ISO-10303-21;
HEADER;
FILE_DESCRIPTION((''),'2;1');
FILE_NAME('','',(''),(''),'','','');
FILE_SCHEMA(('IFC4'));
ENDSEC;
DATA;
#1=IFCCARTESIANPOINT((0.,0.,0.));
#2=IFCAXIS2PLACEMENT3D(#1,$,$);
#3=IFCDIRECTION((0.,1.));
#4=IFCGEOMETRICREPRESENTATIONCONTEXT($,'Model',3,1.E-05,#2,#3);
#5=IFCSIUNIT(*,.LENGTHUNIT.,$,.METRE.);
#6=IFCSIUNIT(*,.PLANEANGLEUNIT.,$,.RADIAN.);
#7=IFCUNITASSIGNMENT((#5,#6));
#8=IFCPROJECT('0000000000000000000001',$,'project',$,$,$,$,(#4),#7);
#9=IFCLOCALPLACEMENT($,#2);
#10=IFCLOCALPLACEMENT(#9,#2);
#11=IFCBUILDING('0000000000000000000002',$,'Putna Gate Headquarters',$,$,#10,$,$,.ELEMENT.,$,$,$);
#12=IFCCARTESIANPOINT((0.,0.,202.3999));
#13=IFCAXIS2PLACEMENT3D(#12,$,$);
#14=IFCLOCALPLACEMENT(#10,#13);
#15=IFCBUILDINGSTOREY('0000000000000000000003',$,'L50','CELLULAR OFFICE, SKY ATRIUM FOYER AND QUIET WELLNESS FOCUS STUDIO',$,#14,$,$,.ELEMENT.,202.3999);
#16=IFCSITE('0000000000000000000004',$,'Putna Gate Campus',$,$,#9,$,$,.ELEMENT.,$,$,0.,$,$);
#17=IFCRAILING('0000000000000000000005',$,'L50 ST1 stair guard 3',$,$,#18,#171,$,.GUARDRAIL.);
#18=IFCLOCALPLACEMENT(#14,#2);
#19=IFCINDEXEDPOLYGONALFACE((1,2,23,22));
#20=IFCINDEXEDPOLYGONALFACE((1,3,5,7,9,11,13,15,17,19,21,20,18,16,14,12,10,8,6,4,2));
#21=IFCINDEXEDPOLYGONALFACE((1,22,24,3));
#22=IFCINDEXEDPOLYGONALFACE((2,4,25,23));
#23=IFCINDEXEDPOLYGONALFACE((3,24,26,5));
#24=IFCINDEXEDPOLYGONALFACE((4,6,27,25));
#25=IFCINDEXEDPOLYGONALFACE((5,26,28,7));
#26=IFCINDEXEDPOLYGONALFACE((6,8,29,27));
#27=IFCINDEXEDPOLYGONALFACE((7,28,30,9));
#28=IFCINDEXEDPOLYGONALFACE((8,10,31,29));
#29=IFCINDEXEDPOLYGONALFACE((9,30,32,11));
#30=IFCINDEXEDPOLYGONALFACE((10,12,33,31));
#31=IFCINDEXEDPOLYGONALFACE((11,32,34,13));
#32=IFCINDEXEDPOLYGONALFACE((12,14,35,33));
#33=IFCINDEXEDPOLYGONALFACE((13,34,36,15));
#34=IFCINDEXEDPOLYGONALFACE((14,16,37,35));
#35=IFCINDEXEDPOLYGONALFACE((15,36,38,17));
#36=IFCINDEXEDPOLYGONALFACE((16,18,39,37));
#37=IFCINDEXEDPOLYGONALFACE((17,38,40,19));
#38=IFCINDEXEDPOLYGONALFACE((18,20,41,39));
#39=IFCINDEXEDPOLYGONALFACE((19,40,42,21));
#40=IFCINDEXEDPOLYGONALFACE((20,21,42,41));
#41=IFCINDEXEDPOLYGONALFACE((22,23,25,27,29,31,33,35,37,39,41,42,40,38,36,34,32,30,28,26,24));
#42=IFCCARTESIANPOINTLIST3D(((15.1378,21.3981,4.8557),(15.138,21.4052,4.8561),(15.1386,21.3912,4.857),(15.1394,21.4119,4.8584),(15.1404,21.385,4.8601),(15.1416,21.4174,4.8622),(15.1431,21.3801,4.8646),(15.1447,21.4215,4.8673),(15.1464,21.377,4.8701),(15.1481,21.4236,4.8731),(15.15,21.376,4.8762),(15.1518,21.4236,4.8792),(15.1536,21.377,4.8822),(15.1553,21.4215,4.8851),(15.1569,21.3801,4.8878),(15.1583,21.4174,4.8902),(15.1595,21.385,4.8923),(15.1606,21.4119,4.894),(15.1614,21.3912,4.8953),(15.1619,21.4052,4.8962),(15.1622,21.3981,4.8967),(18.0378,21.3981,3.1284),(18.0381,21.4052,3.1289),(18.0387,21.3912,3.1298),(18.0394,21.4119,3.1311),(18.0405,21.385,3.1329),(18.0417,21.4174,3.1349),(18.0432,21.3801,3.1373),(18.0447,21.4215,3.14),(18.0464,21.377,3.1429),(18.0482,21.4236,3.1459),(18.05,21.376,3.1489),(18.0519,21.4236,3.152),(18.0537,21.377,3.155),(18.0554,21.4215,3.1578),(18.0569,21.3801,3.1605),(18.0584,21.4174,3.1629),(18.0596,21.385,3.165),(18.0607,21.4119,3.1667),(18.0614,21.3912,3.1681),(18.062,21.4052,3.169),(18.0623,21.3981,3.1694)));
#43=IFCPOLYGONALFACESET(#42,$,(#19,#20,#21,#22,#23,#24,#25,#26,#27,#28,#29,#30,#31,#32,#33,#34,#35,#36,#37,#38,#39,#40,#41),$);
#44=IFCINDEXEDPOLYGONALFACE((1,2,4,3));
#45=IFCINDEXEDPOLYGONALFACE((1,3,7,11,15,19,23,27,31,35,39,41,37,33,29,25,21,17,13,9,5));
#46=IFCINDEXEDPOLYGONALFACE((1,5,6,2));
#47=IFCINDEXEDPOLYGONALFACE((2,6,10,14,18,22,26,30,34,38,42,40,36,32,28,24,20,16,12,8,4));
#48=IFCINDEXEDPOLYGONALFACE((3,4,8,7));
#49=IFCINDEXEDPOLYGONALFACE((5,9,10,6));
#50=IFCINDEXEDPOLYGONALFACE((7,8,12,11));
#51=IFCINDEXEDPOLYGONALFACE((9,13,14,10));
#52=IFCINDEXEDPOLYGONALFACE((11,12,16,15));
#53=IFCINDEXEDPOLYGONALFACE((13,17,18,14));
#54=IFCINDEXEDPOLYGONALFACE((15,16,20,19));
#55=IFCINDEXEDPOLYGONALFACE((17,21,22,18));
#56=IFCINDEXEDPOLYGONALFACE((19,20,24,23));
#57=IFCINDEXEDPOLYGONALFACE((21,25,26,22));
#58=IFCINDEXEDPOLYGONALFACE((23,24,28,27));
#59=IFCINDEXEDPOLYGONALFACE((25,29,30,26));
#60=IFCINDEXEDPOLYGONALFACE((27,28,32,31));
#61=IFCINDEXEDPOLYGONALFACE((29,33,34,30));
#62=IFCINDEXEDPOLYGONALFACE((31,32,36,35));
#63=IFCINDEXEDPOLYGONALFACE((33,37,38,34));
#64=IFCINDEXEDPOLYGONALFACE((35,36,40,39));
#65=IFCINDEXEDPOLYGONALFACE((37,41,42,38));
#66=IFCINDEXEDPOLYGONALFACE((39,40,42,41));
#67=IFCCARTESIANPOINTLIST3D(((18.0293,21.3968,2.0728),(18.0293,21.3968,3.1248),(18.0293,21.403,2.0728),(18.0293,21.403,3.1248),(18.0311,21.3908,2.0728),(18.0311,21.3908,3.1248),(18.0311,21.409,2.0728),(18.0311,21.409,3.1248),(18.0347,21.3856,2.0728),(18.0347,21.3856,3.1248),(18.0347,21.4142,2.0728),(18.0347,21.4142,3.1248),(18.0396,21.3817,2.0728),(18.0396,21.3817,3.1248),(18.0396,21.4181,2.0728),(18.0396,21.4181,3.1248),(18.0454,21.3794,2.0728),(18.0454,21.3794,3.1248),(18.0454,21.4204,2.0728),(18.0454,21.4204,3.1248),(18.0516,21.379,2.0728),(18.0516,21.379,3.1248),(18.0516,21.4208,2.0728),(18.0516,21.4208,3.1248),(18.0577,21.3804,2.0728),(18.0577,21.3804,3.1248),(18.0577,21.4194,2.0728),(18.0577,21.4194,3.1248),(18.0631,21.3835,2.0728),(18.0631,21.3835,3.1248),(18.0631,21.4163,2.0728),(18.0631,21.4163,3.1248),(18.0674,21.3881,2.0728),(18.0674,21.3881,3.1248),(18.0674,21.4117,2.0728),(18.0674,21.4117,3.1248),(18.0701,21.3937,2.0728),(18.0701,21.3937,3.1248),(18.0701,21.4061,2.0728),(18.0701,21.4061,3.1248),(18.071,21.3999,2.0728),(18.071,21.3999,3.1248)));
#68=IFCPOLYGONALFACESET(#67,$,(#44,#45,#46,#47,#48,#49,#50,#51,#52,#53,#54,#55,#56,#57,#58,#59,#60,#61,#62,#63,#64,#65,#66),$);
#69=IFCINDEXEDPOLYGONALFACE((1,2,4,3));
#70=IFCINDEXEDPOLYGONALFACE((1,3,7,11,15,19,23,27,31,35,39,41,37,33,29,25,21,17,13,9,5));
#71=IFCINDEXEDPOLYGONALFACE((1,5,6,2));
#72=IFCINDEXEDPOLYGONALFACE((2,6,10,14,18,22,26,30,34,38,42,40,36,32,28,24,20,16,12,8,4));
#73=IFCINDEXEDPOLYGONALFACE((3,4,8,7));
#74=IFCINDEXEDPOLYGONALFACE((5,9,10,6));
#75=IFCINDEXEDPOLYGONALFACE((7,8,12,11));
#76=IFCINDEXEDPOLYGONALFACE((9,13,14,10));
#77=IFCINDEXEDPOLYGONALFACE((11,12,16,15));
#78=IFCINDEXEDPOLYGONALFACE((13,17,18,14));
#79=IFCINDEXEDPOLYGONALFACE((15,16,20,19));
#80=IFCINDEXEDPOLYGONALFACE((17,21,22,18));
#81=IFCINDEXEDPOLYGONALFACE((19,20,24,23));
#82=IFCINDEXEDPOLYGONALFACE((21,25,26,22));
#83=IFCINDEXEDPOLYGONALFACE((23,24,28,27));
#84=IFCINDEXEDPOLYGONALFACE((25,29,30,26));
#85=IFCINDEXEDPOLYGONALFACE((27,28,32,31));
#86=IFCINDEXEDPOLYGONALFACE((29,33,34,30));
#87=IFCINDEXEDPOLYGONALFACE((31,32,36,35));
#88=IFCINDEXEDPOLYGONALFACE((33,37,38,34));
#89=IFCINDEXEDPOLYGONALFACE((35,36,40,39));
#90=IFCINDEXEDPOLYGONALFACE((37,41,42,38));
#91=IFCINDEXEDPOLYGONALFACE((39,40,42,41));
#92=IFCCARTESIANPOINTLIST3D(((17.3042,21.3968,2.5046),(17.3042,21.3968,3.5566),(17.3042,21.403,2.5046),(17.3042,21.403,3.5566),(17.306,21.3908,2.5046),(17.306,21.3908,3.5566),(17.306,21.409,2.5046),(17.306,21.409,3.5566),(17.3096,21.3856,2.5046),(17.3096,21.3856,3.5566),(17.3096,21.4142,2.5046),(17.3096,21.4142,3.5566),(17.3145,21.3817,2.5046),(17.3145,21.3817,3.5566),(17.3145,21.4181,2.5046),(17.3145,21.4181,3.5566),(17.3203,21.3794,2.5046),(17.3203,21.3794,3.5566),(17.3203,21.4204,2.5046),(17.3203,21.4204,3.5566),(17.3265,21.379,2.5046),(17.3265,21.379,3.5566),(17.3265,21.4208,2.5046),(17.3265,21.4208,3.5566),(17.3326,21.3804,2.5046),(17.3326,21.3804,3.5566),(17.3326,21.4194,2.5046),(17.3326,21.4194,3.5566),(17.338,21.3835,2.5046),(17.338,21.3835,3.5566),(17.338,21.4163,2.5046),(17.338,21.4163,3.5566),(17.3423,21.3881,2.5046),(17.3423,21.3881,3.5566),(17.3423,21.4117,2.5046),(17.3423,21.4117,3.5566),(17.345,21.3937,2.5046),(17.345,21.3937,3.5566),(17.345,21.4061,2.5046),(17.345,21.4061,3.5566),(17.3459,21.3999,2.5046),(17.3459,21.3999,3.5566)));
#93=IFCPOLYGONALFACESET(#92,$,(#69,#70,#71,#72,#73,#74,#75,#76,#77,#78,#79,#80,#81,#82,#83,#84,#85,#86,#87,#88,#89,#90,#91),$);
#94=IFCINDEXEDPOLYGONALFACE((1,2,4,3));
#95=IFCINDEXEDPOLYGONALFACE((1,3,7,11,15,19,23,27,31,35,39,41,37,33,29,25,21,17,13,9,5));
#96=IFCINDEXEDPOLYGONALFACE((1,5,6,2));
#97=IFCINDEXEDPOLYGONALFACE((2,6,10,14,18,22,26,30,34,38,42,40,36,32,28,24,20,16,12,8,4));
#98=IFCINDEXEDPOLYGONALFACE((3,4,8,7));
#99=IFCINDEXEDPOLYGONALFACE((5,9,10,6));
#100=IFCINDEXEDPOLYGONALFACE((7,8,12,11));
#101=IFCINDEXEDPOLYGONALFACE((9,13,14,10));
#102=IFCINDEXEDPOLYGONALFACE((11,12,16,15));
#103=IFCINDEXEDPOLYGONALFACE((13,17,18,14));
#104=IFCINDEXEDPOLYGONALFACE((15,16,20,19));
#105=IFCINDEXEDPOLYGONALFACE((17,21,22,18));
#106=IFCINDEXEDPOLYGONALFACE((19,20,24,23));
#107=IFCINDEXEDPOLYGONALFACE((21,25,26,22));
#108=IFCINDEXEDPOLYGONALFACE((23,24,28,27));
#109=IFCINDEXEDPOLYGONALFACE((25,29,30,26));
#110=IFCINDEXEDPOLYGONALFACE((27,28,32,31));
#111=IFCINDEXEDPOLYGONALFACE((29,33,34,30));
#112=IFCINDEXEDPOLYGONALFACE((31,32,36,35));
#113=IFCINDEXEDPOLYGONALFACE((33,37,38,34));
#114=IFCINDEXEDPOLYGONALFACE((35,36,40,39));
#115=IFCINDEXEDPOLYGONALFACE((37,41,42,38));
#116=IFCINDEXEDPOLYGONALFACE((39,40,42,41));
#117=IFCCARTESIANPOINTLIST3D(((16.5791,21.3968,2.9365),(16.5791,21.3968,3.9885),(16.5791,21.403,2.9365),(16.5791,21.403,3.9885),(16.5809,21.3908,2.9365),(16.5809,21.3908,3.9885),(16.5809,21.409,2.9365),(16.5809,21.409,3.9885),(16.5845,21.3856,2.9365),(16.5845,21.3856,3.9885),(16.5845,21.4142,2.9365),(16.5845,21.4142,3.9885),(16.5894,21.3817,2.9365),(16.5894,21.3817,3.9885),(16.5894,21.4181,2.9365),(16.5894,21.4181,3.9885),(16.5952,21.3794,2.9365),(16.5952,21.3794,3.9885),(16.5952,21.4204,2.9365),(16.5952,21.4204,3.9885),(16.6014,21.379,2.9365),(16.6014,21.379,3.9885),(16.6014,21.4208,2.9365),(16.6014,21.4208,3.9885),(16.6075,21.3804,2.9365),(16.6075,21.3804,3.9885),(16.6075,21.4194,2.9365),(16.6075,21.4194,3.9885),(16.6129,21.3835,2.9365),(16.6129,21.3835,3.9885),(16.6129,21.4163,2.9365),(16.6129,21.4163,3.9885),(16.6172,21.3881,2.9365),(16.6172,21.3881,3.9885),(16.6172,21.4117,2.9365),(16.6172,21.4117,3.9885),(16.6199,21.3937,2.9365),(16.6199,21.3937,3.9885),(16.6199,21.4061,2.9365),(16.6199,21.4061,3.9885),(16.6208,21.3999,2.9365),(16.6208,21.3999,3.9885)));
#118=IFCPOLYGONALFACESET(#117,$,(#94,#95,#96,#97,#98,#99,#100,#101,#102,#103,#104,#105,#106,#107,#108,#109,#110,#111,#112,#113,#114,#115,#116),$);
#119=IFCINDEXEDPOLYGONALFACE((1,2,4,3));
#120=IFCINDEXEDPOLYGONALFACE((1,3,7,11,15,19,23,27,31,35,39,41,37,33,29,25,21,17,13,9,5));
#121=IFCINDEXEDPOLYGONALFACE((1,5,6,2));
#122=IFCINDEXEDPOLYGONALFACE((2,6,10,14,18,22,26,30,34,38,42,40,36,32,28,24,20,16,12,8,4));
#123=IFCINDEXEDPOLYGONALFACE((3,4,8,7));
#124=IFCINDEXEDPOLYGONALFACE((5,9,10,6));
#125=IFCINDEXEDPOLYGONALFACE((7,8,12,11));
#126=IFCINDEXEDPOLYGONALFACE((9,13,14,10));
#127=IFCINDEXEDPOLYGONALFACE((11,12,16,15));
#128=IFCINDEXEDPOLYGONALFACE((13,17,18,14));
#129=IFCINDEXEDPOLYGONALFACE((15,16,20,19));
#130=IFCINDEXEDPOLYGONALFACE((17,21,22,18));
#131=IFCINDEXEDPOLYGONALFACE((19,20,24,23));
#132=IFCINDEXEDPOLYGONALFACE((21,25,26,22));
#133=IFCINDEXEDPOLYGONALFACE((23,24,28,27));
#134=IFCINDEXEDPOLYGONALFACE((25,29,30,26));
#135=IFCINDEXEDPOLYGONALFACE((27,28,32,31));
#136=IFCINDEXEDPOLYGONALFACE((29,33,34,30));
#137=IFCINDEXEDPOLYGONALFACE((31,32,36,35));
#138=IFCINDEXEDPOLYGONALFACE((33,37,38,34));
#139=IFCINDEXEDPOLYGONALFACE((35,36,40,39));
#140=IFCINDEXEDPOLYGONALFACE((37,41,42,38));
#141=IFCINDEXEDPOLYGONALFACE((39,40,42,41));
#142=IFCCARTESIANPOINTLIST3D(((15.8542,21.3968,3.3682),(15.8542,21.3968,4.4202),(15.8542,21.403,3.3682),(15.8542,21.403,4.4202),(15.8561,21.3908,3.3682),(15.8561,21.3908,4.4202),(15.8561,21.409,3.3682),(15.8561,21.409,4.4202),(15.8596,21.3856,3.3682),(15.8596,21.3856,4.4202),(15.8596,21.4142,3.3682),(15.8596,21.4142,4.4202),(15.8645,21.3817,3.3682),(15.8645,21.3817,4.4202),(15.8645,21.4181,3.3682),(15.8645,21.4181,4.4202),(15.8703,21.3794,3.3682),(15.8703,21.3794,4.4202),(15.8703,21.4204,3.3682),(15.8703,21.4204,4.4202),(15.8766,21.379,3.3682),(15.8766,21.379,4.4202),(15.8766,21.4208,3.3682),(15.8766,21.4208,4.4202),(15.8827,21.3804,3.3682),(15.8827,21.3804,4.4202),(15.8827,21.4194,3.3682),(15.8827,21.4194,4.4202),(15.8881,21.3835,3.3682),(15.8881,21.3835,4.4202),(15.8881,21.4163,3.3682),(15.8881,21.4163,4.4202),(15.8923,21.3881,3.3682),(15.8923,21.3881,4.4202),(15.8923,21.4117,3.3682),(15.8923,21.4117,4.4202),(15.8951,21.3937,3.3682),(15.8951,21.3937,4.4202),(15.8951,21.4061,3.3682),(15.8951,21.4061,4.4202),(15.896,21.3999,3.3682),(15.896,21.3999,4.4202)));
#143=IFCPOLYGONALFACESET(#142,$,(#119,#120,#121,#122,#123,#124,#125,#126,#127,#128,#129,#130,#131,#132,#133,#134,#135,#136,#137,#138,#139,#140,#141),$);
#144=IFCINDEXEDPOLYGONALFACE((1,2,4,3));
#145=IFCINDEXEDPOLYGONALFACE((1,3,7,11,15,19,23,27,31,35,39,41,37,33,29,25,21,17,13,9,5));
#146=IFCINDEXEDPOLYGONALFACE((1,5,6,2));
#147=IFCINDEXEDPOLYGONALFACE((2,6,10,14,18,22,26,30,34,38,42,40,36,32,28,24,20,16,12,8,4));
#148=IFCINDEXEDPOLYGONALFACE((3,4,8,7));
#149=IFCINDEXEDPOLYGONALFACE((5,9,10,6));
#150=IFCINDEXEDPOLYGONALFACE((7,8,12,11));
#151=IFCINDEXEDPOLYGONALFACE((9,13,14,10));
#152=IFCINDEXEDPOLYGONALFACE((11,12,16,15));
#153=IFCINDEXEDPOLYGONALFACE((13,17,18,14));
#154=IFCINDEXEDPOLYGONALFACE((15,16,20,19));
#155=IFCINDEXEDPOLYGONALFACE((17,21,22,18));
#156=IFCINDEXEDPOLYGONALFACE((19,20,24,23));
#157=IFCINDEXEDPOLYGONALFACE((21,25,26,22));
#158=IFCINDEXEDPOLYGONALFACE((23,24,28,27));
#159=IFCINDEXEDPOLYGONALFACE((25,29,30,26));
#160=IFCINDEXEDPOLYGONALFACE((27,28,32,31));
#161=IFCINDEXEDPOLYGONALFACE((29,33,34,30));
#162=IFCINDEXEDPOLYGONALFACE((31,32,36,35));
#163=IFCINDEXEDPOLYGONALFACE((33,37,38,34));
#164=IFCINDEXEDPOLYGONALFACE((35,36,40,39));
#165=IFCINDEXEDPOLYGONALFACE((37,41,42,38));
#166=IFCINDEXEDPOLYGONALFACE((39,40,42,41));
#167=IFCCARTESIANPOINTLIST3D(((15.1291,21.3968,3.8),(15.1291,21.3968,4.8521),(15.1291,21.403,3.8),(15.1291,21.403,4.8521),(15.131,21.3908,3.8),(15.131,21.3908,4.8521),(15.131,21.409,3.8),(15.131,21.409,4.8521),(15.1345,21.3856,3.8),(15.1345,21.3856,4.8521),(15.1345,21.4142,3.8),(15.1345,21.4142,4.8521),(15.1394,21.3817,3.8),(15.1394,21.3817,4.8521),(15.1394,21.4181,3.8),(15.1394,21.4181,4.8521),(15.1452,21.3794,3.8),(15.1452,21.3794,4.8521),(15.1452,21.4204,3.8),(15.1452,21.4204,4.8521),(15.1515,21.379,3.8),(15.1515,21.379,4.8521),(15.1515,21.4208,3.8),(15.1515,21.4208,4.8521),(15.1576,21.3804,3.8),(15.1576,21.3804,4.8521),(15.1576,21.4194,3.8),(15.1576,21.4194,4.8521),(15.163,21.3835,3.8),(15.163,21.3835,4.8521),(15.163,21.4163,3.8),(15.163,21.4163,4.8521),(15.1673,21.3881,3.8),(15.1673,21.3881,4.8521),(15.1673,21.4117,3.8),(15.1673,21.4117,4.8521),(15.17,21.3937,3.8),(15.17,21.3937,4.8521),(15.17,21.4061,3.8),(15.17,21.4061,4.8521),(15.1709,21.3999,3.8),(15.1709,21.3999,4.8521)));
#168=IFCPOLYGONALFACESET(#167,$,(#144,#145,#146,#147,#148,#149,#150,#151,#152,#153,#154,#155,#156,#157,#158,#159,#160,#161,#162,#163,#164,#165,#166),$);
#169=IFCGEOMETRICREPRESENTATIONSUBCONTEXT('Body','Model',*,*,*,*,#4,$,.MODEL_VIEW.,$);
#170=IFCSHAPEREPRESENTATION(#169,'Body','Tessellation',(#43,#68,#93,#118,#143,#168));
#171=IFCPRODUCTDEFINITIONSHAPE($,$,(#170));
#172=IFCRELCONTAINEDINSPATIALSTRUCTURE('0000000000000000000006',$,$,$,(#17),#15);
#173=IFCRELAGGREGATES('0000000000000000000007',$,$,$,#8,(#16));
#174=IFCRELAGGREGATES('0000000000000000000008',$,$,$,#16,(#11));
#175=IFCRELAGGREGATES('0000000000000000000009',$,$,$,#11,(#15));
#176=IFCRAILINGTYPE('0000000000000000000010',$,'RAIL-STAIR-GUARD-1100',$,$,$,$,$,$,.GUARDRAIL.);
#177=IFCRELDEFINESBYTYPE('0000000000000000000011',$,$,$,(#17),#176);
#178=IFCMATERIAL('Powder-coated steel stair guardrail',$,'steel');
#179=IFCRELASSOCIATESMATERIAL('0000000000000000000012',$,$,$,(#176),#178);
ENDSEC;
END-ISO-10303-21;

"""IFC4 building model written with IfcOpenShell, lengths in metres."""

from ifc_helpers import new_model, si_unit, direction, frame, origin, origin_2d, place, context, subcontext, project, spatial, circle, extrude, material, type_object, element, save


model = new_model("IFC4")

# Units and contexts
model_context = context("Model", 3, precision=1e-05, world=origin(), true_north=direction((0.0, 1.0)))
body_context = subcontext(model_context, "Body", "Model", "MODEL_VIEW")
ifc_project = project(units=[si_unit("LENGTHUNIT", "METRE"), si_unit("PLANEANGLEUNIT", "RADIAN")], contexts=[model_context])

# Site, building, storey
site_placement = place(None, origin())
site = spatial("IfcSite", under=ifc_project, at=site_placement, Name="Putna Gate Campus", CompositionType="ELEMENT", RefElevation=0.0)
building_placement = place(site_placement, origin())
building = spatial("IfcBuilding", under=site, at=building_placement, Name="Putna Gate Headquarters", CompositionType="ELEMENT")
storey_placement = place(building_placement, frame((0.0, 0.0, 202.3999)))
storey = spatial("IfcBuildingStorey", under=building, at=storey_placement, Name="L50", Description="CELLULAR OFFICE, SKY ATRIUM FOYER AND QUIET WELLNESS FOCUS STUDIO", CompositionType="ELEMENT", Elevation=202.3999)

# Railing
ifc_material_1 = material(Name="Powder-coated steel stair guardrail", Category="steel")
railing_type_1 = type_object("IfcRailingType", Name="RAIL-STAIR-GUARD-1100", PredefinedType="GUARDRAIL", material=ifc_material_1)
railing_1_placement = place(storey_placement, frame((18.05, 21.3999, 2.0728)))
element("IfcRailing", 1, at=railing_1_placement, inside=storey, type_object=railing_type_1, Name="L50 ST1 stair guard 3", PredefinedType="GUARDRAIL", context=body_context, shape_type="SweptSolid", body=[
    extrude(circle(Radius=0.0239, at=origin_2d()), frame((0.0, 0.0, 1.0762), z_axis=(-0.85916, 0.0, 0.511706), x_axis=(0.0, -1.0, 0.0)), (0.0, 0.0, 1.0), 3.3755),
    extrude(circle(Radius=0.021, at=origin_2d()), origin(), (0.0, 0.0, 1.0), 1.052),
    extrude(circle(Radius=0.021, at=origin_2d()), frame((-0.7251, 0.0, 0.4319)), (0.0, 0.0, 1.0), 1.052),
    extrude(circle(Radius=0.021, at=origin_2d()), frame((-1.4502, 0.0, 0.8638)), (0.0, 0.0, 1.0), 1.052),
    extrude(circle(Radius=0.021, at=origin_2d()), frame((-2.175, 0.0, 1.2954)), (0.0, 0.0, 1.0), 1.052),
    extrude(circle(Radius=0.021, at=origin_2d()), frame((-2.9001, 0.0, 1.7273)), (0.0, 0.0, 1.0), 1.052),
])

save(model, "model.ifc")
